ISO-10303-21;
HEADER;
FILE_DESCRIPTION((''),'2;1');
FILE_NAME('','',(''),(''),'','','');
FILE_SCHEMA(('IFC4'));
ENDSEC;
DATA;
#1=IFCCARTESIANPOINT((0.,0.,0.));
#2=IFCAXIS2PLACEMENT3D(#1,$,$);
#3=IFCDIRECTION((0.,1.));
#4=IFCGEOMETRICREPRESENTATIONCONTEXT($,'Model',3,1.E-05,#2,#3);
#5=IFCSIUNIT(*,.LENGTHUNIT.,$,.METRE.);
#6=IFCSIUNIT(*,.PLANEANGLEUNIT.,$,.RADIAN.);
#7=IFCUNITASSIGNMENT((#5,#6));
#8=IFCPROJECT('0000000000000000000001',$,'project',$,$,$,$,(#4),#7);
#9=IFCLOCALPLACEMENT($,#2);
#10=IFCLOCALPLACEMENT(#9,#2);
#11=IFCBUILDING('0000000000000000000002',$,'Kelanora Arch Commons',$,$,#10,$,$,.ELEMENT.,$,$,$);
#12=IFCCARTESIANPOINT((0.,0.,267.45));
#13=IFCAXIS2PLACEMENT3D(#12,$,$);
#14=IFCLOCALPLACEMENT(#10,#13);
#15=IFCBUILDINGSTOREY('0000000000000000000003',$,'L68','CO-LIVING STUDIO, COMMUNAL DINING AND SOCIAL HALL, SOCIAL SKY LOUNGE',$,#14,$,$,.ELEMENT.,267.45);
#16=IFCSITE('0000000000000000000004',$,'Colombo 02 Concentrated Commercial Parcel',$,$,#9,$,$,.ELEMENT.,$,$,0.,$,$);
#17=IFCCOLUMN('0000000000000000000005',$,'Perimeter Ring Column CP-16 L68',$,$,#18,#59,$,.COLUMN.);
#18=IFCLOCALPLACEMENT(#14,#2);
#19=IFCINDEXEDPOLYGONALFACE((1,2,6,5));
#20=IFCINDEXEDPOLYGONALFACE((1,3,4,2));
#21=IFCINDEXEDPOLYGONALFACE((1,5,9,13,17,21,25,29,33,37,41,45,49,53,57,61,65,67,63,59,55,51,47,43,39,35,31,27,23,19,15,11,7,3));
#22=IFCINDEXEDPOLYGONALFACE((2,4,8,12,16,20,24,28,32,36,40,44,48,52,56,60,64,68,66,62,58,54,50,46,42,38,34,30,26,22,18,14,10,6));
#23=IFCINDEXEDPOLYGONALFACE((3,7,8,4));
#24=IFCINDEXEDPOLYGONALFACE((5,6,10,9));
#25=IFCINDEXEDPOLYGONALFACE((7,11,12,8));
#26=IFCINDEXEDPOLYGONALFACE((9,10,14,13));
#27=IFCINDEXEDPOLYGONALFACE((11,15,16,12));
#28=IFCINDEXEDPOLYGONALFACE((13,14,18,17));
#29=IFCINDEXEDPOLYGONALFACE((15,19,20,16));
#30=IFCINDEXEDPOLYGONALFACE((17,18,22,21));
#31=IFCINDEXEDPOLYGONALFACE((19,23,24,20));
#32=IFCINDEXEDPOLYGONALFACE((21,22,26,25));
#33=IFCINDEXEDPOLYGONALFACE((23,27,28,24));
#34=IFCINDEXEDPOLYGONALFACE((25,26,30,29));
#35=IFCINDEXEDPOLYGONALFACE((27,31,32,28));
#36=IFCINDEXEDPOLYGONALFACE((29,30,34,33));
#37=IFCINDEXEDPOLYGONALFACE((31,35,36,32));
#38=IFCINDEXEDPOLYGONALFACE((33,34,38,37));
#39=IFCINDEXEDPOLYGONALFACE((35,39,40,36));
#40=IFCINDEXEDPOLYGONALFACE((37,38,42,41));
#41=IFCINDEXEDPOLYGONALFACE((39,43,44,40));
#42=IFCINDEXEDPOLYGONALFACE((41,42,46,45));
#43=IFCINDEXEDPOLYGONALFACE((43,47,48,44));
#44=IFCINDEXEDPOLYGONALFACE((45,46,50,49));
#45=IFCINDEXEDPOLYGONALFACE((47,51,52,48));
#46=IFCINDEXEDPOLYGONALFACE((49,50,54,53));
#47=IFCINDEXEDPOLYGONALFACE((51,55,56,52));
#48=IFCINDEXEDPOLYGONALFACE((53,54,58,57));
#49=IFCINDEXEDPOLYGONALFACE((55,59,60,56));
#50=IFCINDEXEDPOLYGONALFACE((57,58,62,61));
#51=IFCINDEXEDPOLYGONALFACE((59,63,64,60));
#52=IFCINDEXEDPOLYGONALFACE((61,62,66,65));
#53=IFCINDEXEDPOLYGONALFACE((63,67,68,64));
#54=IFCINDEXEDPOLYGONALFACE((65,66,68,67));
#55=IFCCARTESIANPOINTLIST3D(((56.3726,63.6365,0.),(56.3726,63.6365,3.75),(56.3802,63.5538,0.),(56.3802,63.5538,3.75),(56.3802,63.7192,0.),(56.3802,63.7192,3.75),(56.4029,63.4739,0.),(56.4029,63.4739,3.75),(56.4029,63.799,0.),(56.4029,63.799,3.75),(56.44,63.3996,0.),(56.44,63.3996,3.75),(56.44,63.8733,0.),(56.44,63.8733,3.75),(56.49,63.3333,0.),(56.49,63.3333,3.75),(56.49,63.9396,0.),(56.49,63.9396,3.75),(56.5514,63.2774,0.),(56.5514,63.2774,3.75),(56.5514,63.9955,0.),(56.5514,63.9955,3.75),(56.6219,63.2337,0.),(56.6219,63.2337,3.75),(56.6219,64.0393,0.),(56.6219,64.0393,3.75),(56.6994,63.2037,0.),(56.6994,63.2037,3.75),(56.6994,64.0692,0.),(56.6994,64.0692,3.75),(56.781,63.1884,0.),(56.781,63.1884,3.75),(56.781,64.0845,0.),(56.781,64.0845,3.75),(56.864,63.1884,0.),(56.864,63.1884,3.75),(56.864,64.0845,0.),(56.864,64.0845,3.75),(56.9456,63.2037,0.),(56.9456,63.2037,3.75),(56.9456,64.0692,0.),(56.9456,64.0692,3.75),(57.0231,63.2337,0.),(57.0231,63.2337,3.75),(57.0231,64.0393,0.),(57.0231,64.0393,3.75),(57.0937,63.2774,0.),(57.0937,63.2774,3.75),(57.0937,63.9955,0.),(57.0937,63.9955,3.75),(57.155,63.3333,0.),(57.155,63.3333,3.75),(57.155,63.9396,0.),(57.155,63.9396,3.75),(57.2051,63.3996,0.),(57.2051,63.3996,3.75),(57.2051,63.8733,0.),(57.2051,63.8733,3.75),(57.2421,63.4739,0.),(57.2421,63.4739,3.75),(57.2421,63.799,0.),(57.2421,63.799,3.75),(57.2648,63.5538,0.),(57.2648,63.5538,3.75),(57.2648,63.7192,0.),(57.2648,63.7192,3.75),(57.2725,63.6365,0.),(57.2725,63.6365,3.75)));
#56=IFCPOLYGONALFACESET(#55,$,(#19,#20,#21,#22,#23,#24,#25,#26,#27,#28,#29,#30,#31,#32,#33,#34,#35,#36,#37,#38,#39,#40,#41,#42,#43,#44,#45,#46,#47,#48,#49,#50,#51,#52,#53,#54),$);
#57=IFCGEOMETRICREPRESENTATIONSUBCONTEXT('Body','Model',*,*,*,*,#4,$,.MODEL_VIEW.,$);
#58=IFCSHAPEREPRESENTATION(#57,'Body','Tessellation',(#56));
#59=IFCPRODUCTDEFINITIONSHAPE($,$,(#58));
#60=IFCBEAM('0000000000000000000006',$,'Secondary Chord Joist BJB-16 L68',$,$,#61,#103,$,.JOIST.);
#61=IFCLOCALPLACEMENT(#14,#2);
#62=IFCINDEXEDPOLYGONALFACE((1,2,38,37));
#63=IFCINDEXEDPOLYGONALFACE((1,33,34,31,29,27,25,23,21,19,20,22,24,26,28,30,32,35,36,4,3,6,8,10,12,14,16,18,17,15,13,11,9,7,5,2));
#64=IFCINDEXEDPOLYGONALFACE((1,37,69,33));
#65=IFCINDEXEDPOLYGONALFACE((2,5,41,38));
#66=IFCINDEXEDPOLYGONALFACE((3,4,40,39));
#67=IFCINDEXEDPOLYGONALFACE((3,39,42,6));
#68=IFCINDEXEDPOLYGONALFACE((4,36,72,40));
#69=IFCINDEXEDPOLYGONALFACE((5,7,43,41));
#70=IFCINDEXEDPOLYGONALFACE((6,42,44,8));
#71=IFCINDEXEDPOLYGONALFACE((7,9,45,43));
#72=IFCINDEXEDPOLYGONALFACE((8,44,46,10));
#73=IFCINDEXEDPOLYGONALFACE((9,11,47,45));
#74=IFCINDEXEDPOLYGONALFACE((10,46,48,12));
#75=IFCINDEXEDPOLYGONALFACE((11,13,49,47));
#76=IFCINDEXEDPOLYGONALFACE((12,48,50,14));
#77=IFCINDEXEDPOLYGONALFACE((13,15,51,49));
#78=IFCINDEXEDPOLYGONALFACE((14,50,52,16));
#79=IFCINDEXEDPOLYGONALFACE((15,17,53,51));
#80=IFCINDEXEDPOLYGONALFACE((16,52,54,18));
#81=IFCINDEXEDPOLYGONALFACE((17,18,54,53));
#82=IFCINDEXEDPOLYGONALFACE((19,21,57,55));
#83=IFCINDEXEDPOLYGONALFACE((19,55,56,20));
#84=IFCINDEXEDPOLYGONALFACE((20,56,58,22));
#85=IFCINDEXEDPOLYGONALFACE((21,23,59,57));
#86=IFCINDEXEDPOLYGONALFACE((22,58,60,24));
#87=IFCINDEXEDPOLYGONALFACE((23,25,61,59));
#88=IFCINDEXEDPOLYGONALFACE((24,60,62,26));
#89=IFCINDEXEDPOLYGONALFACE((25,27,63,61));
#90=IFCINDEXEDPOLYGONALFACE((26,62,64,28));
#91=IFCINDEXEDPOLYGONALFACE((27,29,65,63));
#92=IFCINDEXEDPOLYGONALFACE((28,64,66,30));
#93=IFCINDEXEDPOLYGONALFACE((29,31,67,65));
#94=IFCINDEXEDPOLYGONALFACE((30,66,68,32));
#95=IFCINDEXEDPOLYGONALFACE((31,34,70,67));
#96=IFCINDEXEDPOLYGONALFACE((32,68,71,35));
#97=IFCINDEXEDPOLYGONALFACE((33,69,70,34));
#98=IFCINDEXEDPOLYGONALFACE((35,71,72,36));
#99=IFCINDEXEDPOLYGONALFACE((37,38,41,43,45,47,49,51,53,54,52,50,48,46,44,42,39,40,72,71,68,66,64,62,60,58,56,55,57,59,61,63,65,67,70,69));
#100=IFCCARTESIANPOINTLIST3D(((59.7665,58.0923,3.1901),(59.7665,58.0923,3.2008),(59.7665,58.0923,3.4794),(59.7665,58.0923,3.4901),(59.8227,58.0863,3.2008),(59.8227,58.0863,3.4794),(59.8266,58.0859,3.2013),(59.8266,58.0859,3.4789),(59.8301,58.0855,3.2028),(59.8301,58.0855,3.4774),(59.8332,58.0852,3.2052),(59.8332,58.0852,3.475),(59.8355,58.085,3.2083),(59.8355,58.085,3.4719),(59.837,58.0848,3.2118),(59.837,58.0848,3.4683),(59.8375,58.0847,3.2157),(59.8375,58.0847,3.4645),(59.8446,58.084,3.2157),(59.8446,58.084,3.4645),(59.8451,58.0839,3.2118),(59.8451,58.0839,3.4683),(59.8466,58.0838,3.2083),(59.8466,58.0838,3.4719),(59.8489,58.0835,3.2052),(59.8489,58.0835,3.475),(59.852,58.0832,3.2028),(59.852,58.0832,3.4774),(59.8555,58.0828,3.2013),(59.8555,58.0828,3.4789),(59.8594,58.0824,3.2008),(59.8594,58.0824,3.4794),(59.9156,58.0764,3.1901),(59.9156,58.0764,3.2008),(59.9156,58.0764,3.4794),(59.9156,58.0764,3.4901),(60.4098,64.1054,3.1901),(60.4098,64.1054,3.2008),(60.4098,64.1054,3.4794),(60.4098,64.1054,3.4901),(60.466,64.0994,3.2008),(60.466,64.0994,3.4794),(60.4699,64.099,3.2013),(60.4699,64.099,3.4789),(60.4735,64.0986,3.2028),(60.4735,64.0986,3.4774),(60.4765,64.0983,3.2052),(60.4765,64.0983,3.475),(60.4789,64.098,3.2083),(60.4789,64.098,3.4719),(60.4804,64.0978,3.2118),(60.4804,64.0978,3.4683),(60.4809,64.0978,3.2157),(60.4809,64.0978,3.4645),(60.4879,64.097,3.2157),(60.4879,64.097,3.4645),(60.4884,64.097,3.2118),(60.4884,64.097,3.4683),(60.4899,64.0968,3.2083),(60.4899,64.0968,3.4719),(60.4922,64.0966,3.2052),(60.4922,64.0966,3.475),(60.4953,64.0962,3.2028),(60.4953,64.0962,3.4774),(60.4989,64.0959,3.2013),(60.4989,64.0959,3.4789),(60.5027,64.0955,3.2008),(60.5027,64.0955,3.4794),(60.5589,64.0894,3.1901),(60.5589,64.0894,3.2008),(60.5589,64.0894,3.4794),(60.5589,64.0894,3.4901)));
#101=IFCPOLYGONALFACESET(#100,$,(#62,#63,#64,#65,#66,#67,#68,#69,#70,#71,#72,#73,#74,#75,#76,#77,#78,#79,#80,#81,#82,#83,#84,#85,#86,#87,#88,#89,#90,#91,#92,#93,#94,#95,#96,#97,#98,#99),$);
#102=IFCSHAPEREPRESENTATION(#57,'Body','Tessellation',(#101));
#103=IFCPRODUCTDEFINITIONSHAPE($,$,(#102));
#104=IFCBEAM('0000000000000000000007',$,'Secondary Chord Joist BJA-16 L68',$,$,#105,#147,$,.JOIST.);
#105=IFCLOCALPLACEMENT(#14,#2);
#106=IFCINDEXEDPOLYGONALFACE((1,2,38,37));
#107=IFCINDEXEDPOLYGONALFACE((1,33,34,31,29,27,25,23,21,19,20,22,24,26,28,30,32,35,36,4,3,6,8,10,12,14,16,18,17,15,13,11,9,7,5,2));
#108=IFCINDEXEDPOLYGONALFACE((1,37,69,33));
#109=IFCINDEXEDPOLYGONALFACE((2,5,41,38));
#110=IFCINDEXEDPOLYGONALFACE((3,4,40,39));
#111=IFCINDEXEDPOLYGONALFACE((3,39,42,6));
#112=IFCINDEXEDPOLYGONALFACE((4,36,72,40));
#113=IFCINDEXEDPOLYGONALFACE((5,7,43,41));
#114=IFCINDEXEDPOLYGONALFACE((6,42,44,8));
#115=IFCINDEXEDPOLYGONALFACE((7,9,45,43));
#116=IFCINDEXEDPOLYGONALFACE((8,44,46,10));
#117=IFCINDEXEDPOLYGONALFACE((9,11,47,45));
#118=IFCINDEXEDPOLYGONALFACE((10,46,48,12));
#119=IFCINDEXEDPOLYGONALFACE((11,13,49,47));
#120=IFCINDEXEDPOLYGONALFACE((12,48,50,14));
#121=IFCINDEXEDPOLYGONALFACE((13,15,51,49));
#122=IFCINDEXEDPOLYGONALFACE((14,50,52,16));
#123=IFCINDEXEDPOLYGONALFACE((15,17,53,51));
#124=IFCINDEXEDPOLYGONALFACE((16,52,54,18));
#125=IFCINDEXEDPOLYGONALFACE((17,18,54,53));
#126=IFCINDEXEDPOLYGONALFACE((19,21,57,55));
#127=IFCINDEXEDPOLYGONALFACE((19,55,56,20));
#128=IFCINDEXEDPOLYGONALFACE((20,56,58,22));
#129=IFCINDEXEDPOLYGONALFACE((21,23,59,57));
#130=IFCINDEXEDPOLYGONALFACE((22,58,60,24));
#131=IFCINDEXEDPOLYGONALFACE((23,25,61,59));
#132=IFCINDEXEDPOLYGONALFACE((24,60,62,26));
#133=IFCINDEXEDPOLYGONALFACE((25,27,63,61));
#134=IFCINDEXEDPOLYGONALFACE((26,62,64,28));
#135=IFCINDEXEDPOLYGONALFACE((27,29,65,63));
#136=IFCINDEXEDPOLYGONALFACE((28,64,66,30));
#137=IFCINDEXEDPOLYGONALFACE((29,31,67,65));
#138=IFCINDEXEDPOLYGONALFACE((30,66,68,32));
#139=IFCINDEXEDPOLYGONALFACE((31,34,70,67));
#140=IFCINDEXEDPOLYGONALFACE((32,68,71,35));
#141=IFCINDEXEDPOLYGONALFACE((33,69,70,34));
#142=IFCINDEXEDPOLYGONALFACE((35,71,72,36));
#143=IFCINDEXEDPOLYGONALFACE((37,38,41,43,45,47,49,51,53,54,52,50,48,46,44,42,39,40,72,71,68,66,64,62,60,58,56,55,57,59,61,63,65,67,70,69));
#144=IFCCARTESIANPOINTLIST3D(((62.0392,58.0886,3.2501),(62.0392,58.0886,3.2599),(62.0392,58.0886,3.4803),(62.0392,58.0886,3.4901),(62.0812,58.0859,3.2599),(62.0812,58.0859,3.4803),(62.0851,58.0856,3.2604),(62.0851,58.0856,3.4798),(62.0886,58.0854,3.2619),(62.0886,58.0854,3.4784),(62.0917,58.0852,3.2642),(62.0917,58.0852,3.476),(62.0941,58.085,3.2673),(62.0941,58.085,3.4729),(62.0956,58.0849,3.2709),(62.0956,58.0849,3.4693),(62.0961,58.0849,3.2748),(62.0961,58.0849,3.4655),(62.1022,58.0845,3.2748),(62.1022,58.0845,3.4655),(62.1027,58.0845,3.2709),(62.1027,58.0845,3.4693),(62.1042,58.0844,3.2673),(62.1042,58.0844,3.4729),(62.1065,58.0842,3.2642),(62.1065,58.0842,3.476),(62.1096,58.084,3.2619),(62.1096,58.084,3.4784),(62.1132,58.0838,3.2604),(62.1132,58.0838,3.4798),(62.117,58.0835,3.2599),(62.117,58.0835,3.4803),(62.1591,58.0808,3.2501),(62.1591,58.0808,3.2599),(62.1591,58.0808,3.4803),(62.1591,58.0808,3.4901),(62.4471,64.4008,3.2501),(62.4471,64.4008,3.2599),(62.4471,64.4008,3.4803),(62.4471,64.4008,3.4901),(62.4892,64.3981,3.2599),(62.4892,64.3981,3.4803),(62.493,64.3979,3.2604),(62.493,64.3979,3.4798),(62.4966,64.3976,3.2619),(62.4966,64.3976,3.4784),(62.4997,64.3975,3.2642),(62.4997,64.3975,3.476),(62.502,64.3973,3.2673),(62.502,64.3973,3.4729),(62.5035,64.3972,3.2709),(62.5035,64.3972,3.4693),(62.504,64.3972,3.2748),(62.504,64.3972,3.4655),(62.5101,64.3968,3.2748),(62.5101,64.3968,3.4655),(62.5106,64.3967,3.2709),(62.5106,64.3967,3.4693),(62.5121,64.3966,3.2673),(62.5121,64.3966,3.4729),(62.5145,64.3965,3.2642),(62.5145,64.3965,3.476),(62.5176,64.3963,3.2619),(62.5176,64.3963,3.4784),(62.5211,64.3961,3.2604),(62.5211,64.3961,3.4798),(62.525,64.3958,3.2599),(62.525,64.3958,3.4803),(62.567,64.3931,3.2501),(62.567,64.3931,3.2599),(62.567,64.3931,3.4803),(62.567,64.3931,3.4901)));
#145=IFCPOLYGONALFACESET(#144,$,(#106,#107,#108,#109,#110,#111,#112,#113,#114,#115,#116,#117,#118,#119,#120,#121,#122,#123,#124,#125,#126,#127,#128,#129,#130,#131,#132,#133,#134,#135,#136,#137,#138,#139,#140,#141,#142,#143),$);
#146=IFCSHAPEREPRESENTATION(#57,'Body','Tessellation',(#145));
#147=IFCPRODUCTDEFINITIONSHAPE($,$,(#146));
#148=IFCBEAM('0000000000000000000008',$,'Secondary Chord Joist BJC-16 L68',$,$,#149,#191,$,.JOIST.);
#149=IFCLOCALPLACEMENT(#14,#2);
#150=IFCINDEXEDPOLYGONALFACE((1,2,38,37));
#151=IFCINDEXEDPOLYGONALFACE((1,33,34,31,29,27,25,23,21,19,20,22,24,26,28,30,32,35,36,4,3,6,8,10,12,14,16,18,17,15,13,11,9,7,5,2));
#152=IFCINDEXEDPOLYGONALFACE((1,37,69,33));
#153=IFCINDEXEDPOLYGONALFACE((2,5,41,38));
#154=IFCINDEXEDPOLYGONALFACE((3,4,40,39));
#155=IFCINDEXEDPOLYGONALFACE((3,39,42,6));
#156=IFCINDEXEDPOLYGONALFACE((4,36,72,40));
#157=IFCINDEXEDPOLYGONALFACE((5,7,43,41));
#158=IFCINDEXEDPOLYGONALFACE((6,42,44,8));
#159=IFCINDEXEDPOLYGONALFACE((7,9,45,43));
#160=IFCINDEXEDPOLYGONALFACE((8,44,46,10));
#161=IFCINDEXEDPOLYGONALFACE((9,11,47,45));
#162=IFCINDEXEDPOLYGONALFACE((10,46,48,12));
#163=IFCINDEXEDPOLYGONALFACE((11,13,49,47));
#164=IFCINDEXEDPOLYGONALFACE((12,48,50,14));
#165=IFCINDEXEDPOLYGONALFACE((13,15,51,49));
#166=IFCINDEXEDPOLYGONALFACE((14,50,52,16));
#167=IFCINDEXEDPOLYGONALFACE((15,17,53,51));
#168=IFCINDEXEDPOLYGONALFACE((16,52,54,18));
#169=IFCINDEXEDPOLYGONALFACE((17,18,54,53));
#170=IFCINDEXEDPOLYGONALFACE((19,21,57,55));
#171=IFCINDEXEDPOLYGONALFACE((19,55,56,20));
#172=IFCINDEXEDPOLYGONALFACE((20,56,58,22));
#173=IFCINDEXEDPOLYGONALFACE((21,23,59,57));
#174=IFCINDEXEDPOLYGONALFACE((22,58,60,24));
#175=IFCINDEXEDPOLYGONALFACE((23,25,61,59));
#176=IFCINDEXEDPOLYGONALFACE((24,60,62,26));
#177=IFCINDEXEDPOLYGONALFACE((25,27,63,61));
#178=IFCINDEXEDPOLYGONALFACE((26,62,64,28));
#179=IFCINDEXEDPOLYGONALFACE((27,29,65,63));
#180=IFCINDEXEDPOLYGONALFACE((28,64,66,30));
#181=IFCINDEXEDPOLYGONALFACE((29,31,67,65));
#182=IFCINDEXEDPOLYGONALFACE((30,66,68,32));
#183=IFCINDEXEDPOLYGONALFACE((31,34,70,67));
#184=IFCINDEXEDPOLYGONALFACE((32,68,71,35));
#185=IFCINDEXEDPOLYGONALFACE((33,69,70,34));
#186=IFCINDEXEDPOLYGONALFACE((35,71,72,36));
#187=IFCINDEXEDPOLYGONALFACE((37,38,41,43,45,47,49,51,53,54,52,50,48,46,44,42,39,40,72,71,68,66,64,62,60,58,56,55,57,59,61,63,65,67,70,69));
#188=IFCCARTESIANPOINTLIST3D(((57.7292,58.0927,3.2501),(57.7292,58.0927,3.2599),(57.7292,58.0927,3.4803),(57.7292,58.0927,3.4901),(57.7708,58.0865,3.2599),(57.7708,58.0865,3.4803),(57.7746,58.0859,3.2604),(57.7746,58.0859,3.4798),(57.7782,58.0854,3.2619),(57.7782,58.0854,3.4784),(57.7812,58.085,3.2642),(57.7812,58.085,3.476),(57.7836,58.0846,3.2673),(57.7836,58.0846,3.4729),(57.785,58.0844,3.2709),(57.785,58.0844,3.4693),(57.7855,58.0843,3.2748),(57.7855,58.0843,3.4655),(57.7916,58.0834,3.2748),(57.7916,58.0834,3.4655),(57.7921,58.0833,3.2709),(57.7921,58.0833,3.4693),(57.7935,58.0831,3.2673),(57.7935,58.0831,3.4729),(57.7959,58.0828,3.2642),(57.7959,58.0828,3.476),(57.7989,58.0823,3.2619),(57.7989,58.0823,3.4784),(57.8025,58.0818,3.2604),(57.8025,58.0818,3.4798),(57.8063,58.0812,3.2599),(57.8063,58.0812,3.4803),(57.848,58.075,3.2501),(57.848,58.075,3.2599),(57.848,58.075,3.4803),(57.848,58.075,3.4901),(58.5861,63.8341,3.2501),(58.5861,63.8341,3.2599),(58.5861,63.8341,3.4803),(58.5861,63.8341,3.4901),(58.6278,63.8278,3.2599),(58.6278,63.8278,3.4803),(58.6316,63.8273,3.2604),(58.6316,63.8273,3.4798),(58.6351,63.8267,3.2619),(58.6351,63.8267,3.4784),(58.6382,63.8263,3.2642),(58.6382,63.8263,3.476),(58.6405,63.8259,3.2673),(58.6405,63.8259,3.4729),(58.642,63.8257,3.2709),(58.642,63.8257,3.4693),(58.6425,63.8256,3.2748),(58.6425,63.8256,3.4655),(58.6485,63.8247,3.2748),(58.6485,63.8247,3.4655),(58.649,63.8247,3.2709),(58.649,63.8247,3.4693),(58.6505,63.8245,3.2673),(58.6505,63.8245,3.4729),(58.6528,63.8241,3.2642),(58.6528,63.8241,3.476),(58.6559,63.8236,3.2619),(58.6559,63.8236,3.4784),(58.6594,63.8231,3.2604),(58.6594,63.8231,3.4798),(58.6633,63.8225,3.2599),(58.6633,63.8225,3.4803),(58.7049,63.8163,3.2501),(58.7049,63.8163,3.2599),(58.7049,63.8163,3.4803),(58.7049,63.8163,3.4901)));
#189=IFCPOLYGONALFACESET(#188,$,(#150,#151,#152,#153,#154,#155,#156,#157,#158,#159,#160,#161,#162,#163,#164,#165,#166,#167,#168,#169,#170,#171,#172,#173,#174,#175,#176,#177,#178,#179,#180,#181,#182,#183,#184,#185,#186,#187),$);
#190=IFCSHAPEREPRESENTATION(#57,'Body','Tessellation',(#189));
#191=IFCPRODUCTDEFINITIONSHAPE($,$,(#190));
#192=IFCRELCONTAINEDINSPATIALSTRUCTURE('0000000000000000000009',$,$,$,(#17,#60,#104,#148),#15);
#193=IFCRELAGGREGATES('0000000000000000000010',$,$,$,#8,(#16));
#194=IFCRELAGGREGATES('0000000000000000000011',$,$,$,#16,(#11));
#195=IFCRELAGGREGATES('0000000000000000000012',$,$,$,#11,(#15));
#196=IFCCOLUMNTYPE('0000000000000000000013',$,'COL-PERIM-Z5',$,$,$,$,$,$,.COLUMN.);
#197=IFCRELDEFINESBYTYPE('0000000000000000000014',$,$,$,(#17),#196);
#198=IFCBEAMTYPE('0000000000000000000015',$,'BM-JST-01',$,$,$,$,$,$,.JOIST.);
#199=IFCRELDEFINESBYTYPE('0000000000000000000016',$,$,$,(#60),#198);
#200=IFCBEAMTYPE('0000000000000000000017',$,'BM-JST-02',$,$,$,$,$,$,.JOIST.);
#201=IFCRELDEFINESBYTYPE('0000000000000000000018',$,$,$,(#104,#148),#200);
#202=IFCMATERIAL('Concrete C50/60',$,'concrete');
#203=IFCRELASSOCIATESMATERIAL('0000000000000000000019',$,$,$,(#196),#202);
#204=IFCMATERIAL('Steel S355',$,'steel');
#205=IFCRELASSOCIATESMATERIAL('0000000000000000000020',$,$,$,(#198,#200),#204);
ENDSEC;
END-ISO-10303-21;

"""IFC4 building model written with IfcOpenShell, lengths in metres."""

from ifc_helpers import new_model, si_unit, direction, frame, origin, origin_2d, place, context, subcontext, project, spatial, circle, i_section, extrude, material, material_profile, profile_set, type_object, element, save


model = new_model("IFC4")

# Units and contexts
model_context = context("Model", 3, precision=1e-05, world=origin(), true_north=direction((0.0, 1.0)))
body_context = subcontext(model_context, "Body", "Model", "MODEL_VIEW")
ifc_project = project(units=[si_unit("LENGTHUNIT", "METRE"), si_unit("PLANEANGLEUNIT", "RADIAN")], contexts=[model_context])

# Site, building, storey
site_placement = place(None, origin())
site = spatial("IfcSite", under=ifc_project, at=site_placement, Name="Colombo 02 Concentrated Commercial Parcel", CompositionType="ELEMENT", RefElevation=0.0)
building_placement = place(site_placement, origin())
building = spatial("IfcBuilding", under=site, at=building_placement, Name="Kelanora Arch Commons", CompositionType="ELEMENT")
storey_placement = place(building_placement, frame((0.0, 0.0, 267.45)))
storey = spatial("IfcBuildingStorey", under=building, at=storey_placement, Name="L68", Description="CO-LIVING STUDIO, COMMUNAL DINING AND SOCIAL HALL, SOCIAL SKY LOUNGE", CompositionType="ELEMENT", Elevation=267.45)

# Column
ifc_material_1 = material(Name="Concrete C50/60", Category="concrete")
ifc_material_profile_1 = material_profile(ifc_material_1, circle(Radius=0.45, at=origin_2d()), Name="RCC900")
ifc_profile_set_1 = profile_set([ifc_material_profile_1], Name="Concrete C50/60")
column_type = type_object("IfcColumnType", Name="COL-PERIM-Z5", PredefinedType="COLUMN", material=ifc_profile_set_1)
column_placement = place(storey_placement, frame((56.8225, 63.6365, 0.0), z_axis=(0.0, 0.0, 1.0), x_axis=(1.0, 0.0, 0.0)))
element("IfcColumn", 1, at=column_placement, inside=storey, type_object=column_type, Name="Perimeter Ring Column CP-16 L68", PredefinedType="COLUMN", context=body_context, shape_type="SweptSolid", body=[
    extrude(circle(Radius=0.45, at=origin_2d()), origin(), (0.0, 0.0, 1.0), 3.75),
])

# Beams
ifc_material_2 = material(Name="Steel S355", Category="steel")
ifc_material_profile_2 = material_profile(ifc_material_2, i_section(OverallWidth=0.1499, OverallDepth=0.3, WebThickness=0.0071, FlangeThickness=0.0107, FilletRadius=0.0149, at=origin_2d()), Name="IPE300")
ifc_profile_set_2 = profile_set([ifc_material_profile_2], Name="Steel S355")
beam_type_1 = type_object("IfcBeamType", Name="BM-JST-01", PredefinedType="JOIST", material=ifc_profile_set_2)
beam_1_placement = place(storey_placement, frame((60.4844, 64.0974, 3.3401), z_axis=(-0.106381, -0.994325, 0.0), x_axis=(0.994325, -0.106381, 0.0)))
element("IfcBeam", 2, at=beam_1_placement, inside=storey, type_object=beam_type_1, Name="Secondary Chord Joist BJB-16 L68", PredefinedType="JOIST", context=body_context, shape_type="SweptSolid", body=[
    extrude(i_section(OverallWidth=0.1499, OverallDepth=0.3, WebThickness=0.0071, FlangeThickness=0.0107, FilletRadius=0.0149, at=origin_2d()), origin(), (0.0, 0.0, 1.0), 6.0474),
])
ifc_material_profile_3 = material_profile(ifc_material_2, i_section(OverallWidth=0.1201, OverallDepth=0.24, WebThickness=0.0061, FlangeThickness=0.0098, FilletRadius=0.0149, at=origin_2d()), Name="IPE240")
ifc_profile_set_3 = profile_set([ifc_material_profile_3], Name="Steel S355")
beam_type_2 = type_object("IfcBeamType", Name="BM-JST-02", PredefinedType="JOIST", material=ifc_profile_set_3)
beam_2_placement = place(storey_placement, frame((62.5071, 64.397, 3.3701), z_axis=(-0.064495, -0.997918, 0.0), x_axis=(0.997918, -0.064495, 0.0)))
element("IfcBeam", 3, at=beam_2_placement, inside=storey, type_object=beam_type_2, Name="Secondary Chord Joist BJA-16 L68", PredefinedType="JOIST", context=body_context, shape_type="SweptSolid", body=[
    extrude(i_section(OverallWidth=0.1201, OverallDepth=0.24, WebThickness=0.0061, FlangeThickness=0.0098, FilletRadius=0.0149, at=origin_2d()), origin(), (0.0, 0.0, 1.0), 6.3254),
])
beam_3_placement = place(storey_placement, frame((58.6455, 63.8252, 3.3701), z_axis=(-0.147625, -0.989043, 0.0), x_axis=(0.989043, -0.147625, 0.0)))
element("IfcBeam", 4, at=beam_3_placement, inside=storey, type_object=beam_type_2, Name="Secondary Chord Joist BJC-16 L68", PredefinedType="JOIST", context=body_context, shape_type="SweptSolid", body=[
    extrude(i_section(OverallWidth=0.1201, OverallDepth=0.24, WebThickness=0.0061, FlangeThickness=0.0098, FilletRadius=0.0149, at=origin_2d()), origin(), (0.0, 0.0, 1.0), 5.8049),
])

save(model, "model.ifc")
